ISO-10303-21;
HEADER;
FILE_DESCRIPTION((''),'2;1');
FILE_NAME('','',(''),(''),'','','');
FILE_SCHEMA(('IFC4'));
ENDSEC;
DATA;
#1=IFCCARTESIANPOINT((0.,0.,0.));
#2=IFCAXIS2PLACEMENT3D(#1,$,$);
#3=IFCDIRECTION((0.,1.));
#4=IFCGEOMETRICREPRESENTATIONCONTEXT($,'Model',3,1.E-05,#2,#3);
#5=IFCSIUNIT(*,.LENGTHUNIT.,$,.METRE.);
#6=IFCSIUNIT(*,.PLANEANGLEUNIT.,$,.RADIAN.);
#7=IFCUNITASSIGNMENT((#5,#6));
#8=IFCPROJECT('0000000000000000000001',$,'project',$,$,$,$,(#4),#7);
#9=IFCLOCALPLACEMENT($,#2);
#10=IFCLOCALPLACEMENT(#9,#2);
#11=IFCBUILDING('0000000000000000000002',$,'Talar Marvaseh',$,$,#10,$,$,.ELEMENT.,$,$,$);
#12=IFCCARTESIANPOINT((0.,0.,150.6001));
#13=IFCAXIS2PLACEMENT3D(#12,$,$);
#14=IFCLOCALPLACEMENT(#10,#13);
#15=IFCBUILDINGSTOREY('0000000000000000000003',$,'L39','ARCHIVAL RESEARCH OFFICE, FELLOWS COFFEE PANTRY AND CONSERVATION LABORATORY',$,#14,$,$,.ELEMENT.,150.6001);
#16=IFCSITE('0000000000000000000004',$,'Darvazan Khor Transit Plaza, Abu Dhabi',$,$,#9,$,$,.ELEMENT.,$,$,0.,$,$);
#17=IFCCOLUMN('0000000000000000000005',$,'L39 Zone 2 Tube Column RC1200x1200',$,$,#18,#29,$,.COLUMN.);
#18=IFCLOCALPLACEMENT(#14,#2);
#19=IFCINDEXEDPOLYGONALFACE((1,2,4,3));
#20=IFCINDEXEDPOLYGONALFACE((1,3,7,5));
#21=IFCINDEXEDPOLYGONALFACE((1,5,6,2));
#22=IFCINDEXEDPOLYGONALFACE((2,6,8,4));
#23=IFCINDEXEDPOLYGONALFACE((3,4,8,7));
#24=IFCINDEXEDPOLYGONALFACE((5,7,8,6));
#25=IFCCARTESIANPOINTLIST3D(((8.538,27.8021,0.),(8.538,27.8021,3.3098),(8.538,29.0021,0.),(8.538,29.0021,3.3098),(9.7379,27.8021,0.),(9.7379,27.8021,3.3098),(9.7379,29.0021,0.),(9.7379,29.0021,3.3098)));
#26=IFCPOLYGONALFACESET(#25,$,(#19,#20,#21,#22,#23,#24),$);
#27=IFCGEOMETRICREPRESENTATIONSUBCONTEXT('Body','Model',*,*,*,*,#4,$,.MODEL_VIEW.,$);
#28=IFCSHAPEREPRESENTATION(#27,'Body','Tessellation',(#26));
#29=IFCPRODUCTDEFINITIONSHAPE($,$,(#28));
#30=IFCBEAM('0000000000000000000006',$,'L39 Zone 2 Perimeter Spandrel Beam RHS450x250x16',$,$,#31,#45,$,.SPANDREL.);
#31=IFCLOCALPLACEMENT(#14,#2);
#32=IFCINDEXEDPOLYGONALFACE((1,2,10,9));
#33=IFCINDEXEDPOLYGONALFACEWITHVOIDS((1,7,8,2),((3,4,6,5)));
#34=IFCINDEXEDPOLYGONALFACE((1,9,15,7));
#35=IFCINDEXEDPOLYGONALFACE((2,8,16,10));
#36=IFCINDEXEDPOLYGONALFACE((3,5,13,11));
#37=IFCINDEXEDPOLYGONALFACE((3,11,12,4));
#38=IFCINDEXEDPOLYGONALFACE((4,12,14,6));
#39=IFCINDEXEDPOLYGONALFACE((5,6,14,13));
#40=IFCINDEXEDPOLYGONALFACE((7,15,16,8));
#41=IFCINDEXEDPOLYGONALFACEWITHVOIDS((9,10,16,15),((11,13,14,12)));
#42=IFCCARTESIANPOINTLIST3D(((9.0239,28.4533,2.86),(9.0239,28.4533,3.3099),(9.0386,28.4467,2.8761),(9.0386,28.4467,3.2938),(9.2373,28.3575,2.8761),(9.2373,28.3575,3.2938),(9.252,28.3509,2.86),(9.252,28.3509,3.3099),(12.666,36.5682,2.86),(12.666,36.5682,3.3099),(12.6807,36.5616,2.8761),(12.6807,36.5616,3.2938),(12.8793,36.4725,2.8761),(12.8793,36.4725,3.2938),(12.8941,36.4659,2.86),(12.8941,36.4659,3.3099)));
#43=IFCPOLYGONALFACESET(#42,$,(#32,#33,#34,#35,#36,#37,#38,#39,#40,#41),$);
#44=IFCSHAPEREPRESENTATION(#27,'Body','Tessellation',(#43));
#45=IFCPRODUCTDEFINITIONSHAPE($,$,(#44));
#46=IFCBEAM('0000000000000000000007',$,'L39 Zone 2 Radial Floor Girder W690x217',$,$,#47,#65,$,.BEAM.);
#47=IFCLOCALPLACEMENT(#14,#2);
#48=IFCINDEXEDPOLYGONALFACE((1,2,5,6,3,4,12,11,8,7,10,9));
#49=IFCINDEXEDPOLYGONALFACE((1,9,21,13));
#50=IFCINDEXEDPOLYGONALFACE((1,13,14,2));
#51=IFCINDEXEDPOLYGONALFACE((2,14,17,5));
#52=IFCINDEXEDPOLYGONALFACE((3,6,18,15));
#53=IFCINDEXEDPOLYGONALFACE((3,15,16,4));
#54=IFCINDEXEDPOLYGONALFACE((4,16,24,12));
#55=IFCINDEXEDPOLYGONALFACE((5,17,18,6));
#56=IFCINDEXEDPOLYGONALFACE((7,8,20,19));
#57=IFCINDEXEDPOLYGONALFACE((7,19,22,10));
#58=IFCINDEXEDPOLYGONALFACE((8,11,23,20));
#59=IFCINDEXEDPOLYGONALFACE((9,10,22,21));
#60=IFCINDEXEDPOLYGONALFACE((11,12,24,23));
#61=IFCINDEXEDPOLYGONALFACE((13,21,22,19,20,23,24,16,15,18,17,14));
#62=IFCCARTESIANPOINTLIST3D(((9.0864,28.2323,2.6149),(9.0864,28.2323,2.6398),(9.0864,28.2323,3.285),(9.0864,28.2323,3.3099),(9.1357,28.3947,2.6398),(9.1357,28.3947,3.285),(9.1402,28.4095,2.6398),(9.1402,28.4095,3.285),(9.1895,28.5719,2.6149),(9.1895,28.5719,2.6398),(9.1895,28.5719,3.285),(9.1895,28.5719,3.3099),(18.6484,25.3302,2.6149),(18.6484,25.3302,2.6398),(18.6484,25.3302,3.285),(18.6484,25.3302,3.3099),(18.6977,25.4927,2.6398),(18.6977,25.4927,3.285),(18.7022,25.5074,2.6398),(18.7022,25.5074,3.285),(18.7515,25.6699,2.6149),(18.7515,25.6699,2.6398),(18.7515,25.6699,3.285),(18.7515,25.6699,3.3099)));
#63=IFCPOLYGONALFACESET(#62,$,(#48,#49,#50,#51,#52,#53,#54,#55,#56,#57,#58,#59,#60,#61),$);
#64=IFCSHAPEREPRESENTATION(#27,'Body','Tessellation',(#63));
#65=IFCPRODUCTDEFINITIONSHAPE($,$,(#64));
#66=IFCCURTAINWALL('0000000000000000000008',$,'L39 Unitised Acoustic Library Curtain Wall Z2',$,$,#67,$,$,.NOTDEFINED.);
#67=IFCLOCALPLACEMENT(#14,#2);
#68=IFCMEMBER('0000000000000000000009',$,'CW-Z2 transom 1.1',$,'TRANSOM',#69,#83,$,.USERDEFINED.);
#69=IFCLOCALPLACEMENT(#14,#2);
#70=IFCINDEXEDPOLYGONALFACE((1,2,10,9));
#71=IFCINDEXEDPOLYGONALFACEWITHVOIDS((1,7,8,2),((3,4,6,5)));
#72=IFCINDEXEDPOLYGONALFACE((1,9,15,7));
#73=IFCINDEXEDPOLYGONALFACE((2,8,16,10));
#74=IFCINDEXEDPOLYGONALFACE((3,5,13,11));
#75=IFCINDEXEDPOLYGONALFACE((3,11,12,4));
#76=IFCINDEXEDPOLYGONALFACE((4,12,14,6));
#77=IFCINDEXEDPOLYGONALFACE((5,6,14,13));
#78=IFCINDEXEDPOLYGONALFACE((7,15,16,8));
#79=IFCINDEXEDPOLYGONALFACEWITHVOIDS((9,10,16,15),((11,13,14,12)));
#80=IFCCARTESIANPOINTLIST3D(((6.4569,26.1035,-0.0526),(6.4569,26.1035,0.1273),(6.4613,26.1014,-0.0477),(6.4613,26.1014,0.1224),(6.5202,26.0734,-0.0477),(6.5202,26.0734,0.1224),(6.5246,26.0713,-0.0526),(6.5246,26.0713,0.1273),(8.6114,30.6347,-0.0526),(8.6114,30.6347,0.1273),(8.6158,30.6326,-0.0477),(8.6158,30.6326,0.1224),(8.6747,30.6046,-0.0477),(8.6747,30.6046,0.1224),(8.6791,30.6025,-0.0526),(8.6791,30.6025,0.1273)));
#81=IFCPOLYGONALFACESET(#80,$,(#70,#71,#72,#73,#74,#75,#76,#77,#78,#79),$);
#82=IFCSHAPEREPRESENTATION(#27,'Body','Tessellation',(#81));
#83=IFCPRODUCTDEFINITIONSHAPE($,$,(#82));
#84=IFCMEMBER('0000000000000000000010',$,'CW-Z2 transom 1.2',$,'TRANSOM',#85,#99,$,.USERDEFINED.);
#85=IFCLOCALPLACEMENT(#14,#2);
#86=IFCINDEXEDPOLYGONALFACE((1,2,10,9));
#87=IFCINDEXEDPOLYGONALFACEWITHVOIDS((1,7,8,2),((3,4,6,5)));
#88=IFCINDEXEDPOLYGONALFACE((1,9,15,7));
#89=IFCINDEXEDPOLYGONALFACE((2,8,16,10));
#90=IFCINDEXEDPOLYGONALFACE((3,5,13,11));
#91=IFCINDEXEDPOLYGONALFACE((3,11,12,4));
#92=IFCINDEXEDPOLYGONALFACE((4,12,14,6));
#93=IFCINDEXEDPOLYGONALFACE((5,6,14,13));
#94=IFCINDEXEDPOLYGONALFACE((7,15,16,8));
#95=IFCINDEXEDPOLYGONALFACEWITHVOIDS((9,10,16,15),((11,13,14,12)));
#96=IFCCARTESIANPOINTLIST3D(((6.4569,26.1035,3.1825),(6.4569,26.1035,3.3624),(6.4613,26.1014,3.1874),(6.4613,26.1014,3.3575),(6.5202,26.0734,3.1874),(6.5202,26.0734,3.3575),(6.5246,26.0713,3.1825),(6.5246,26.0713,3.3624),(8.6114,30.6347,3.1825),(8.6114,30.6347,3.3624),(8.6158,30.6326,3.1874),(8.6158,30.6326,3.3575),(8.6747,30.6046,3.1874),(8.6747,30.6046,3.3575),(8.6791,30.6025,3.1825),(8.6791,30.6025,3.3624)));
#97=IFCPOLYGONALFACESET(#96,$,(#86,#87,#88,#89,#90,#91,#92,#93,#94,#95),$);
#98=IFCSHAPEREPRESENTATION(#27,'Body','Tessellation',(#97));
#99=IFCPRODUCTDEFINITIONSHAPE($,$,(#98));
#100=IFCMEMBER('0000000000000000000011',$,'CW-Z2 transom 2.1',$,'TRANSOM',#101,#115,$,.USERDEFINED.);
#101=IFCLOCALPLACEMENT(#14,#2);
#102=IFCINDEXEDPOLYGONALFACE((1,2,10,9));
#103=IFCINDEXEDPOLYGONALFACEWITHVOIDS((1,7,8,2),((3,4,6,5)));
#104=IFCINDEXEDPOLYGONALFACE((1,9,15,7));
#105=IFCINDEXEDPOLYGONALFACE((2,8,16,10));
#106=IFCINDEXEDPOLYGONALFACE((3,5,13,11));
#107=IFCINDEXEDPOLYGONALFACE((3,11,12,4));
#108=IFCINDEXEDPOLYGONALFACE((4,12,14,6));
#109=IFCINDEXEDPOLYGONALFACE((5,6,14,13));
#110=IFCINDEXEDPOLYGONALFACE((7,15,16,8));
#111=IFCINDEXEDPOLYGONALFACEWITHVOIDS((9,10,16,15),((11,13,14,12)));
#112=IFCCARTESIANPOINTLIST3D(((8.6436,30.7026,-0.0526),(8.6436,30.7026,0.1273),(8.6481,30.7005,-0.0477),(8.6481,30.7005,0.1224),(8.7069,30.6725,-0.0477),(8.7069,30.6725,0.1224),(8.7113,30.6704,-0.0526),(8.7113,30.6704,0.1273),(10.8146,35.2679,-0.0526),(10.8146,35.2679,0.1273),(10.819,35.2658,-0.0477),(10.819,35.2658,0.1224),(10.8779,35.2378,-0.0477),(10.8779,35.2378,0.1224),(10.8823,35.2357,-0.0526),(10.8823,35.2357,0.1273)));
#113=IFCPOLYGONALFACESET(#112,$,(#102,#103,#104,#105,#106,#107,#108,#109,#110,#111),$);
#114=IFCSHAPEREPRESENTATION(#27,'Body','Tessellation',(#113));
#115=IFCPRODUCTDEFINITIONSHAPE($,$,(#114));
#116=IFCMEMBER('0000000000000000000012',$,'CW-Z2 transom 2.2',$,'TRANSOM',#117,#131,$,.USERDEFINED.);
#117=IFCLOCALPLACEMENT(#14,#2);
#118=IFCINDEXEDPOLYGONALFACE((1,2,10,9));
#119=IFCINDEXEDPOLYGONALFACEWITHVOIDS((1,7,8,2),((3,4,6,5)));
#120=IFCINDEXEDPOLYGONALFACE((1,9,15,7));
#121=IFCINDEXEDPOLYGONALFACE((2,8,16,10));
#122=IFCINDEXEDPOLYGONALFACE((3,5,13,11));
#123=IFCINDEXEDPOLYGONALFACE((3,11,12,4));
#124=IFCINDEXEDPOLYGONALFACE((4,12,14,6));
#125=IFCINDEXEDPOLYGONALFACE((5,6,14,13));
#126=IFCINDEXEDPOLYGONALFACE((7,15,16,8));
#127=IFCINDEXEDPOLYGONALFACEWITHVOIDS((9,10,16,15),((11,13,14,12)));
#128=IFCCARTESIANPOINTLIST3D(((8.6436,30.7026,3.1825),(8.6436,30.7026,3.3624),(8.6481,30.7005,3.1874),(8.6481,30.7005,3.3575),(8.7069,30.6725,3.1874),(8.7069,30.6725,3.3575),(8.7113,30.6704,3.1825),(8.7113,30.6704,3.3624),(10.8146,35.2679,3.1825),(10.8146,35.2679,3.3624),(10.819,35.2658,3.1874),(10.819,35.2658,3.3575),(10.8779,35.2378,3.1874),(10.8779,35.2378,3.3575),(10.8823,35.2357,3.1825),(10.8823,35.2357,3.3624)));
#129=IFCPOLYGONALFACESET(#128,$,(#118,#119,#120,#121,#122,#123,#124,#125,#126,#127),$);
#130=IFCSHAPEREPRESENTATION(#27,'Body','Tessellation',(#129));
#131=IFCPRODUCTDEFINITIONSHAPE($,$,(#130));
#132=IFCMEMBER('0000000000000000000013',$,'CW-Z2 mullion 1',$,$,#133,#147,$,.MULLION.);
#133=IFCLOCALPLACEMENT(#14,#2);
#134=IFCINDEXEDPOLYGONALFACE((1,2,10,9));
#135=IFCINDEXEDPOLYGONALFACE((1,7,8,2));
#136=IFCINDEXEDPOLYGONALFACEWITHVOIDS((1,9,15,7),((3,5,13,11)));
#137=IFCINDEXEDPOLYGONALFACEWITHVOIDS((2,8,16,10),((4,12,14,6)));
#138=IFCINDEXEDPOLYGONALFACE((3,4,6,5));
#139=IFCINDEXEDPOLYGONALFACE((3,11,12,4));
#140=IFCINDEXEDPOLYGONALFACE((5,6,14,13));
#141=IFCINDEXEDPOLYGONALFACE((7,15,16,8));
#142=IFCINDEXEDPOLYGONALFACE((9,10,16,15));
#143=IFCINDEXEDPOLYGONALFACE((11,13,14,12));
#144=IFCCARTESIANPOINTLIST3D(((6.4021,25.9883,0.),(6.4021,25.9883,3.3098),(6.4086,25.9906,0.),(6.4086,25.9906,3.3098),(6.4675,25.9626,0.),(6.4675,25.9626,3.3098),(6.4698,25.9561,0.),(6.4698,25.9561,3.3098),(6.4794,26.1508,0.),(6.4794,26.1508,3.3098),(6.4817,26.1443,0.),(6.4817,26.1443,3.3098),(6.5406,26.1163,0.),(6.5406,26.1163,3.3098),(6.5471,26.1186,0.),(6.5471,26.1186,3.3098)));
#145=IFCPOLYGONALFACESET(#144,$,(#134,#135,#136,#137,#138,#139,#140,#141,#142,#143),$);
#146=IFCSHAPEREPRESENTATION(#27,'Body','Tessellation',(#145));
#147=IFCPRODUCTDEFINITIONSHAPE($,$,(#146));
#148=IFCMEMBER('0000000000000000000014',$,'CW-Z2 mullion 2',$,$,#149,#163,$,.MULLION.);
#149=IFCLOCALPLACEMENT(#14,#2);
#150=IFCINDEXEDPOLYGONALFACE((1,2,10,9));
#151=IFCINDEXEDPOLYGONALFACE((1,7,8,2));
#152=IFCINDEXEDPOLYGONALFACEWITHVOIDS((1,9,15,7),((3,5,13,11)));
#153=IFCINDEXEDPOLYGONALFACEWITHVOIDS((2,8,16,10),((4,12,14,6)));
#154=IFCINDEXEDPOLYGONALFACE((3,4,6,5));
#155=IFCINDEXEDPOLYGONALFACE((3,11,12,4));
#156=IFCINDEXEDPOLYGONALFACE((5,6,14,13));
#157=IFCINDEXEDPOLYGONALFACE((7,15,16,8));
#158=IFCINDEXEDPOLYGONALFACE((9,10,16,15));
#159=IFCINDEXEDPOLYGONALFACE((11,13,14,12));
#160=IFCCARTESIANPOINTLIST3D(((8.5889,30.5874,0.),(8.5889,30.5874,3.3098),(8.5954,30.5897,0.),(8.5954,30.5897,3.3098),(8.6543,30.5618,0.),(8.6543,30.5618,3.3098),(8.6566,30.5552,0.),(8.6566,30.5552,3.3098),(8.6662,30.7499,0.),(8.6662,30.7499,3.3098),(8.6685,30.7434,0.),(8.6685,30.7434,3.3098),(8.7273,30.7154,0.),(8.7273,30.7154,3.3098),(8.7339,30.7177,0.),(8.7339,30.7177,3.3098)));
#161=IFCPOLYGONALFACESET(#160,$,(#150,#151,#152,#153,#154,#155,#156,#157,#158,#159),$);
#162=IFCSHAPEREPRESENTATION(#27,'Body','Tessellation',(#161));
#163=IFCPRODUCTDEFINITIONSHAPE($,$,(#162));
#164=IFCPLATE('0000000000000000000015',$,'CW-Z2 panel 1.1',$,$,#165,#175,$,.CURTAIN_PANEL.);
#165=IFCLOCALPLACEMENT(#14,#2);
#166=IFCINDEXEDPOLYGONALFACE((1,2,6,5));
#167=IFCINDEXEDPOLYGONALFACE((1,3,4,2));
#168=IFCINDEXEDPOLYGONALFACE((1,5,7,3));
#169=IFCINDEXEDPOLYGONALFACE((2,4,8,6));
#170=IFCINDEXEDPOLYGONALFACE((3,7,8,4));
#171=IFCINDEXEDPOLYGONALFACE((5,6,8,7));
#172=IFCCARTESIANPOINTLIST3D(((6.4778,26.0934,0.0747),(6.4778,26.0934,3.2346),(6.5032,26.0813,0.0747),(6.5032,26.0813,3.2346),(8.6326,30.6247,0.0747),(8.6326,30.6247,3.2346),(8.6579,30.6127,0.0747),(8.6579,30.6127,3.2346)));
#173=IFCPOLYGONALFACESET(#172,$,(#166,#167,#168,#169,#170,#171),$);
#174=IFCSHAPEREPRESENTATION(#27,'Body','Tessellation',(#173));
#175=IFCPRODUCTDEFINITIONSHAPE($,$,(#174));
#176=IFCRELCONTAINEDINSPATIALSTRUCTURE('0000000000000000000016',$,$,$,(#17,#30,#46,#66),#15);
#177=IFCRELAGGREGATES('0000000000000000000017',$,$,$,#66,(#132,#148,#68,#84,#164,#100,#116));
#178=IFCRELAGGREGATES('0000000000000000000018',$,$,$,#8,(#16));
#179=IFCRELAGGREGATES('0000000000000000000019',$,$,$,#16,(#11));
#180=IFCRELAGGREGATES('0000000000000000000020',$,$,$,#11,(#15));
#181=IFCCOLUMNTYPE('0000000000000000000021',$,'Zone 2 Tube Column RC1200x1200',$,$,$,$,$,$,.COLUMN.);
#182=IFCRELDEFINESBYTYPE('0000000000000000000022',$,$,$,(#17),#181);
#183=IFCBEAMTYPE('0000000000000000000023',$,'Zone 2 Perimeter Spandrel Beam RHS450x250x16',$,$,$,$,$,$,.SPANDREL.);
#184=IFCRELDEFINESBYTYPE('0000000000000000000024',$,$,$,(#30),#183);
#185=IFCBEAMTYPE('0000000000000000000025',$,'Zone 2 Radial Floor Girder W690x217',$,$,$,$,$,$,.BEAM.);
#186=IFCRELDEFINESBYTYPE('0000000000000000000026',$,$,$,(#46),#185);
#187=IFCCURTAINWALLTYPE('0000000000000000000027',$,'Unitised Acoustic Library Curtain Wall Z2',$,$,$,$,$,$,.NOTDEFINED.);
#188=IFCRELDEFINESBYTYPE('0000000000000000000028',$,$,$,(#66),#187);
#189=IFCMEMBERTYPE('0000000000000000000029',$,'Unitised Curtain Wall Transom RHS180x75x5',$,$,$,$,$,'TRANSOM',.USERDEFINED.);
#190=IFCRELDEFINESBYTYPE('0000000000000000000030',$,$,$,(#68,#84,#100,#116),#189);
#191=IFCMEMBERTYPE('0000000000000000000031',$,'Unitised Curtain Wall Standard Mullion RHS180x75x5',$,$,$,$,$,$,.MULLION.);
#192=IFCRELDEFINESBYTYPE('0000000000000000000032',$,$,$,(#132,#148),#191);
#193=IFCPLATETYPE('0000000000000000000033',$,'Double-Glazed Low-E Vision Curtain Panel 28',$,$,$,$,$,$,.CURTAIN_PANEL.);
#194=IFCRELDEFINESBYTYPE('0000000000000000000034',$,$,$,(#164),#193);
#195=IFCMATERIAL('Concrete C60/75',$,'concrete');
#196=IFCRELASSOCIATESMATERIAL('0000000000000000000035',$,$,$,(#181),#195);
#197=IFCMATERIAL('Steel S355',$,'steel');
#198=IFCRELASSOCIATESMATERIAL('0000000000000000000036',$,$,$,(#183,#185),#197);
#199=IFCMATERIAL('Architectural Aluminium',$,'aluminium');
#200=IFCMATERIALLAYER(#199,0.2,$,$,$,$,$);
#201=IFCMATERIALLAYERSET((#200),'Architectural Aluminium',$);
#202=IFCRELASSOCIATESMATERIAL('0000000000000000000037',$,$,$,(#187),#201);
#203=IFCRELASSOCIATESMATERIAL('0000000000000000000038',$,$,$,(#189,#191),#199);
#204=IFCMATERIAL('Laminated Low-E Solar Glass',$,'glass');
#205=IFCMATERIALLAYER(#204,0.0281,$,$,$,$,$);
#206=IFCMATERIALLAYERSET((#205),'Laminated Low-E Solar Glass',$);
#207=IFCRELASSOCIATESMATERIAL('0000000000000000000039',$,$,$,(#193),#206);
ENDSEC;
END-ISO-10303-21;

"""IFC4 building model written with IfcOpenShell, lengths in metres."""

from ifc_helpers import new_model, si_unit, direction, frame, origin, origin_2d, place, context, subcontext, project, spatial, rectangle, hollow_rectangle, i_section, extrude, source, transform, mapped, material, layer, layer_set, material_profile, profile_set, type_object, type_shapes, element, aggregate, save


model = new_model("IFC4")

# Units and contexts
model_context = context("Model", 3, precision=1e-05, world=origin(), true_north=direction((0.0, 1.0)))
body_context = subcontext(model_context, "Body", "Model", "MODEL_VIEW")
ifc_project = project(units=[si_unit("LENGTHUNIT", "METRE"), si_unit("PLANEANGLEUNIT", "RADIAN")], contexts=[model_context])

# Site, building, storey
site_placement = place(None, origin())
site = spatial("IfcSite", under=ifc_project, at=site_placement, Name="Darvazan Khor Transit Plaza, Abu Dhabi", CompositionType="ELEMENT", RefElevation=0.0)
building_placement = place(site_placement, origin())
building = spatial("IfcBuilding", under=site, at=building_placement, Name="Talar Marvaseh", CompositionType="ELEMENT")
storey_placement = place(building_placement, frame((0.0, 0.0, 150.6001)))
storey = spatial("IfcBuildingStorey", under=building, at=storey_placement, Name="L39", Description="ARCHIVAL RESEARCH OFFICE, FELLOWS COFFEE PANTRY AND CONSERVATION LABORATORY", CompositionType="ELEMENT", Elevation=150.6001)

# Column
ifc_material_1 = material(Name="Concrete C60/75", Category="concrete")
ifc_material_profile_1 = material_profile(ifc_material_1, rectangle(XDim=1.2, YDim=1.2, at=origin_2d()), Name="RC1200x1200")
ifc_profile_set_1 = profile_set([ifc_material_profile_1], Name="Concrete C60/75")
column_type = type_object("IfcColumnType", Name="Zone 2 Tube Column RC1200x1200", PredefinedType="COLUMN", material=ifc_profile_set_1)
column_placement = place(storey_placement, frame((9.1379, 28.4021, 0.0), z_axis=(0.0, 0.0, 1.0), x_axis=(1.0, 0.0, 0.0)))
element("IfcColumn", 1, at=column_placement, inside=storey, type_object=column_type, Name="L39 Zone 2 Tube Column RC1200x1200", PredefinedType="COLUMN", context=body_context, shape_type="SweptSolid", body=[
    extrude(rectangle(XDim=1.2, YDim=1.2, at=origin_2d()), origin(), (0.0, 0.0, 1.0), 3.3098),
])

# Beams
ifc_material_2 = material(Name="Steel S355", Category="steel")
ifc_material_profile_2 = material_profile(ifc_material_2, hollow_rectangle(XDim=0.25, YDim=0.45, WallThickness=0.0161, at=origin_2d()), Name="RHS450x250x16")
ifc_profile_set_2 = profile_set([ifc_material_profile_2], Name="Steel S355")
beam_type_1 = type_object("IfcBeamType", Name="Zone 2 Perimeter Spandrel Beam RHS450x250x16", PredefinedType="SPANDREL", material=ifc_profile_set_2)
beam_1_placement = place(storey_placement, frame((9.1379, 28.4021, 3.085), z_axis=(0.409462, 0.912327, 0.0), x_axis=(-0.912327, 0.409462, 0.0)))
element("IfcBeam", 2, at=beam_1_placement, inside=storey, type_object=beam_type_1, Name="L39 Zone 2 Perimeter Spandrel Beam RHS450x250x16", PredefinedType="SPANDREL", context=body_context, shape_type="SweptSolid", body=[
    extrude(hollow_rectangle(XDim=0.25, YDim=0.45, WallThickness=0.0161, at=origin_2d()), origin(), (0.0, 0.0, 1.0), 8.8948),
])
ifc_material_profile_3 = material_profile(ifc_material_2, i_section(OverallWidth=0.355, OverallDepth=0.6951, WebThickness=0.0154, FlangeThickness=0.0249, at=origin_2d()), Name="W690x217")
ifc_profile_set_3 = profile_set([ifc_material_profile_3], Name="Steel S355")
beam_type_2 = type_object("IfcBeamType", Name="Zone 2 Radial Floor Girder W690x217", PredefinedType="BEAM", material=ifc_profile_set_3)
beam_2_placement = place(storey_placement, frame((9.1379, 28.4021, 2.9624), z_axis=(0.956899, -0.290422, 0.0), x_axis=(0.290422, 0.956899, 0.0)))
element("IfcBeam", 3, at=beam_2_placement, inside=storey, type_object=beam_type_2, Name="L39 Zone 2 Radial Floor Girder W690x217", PredefinedType="BEAM", context=body_context, shape_type="SweptSolid", body=[
    extrude(i_section(OverallWidth=0.355, OverallDepth=0.6951, WebThickness=0.0154, FlangeThickness=0.0249, at=origin_2d()), origin(), (0.0, 0.0, 1.0), 9.9927),
])

# Curtain wall, members, plate
ifc_material_3 = material(Name="Architectural Aluminium", Category="aluminium")
ifc_layer_1 = layer(ifc_material_3, 0.2)
ifc_layer_set_1 = layer_set([ifc_layer_1], Name="Architectural Aluminium")
curtain_wall_type = type_object("IfcCurtainWallType", Name="Unitised Acoustic Library Curtain Wall Z2", PredefinedType="NOTDEFINED", material=ifc_layer_set_1)
curtain_wall_placement = place(storey_placement, origin())
curtain_wall = element("IfcCurtainWall", 4, at=curtain_wall_placement, inside=storey, type_object=curtain_wall_type, Name="L39 Unitised Acoustic Library Curtain Wall Z2", PredefinedType="NOTDEFINED")
ifc_material_profile_4 = material_profile(ifc_material_3, hollow_rectangle(XDim=0.075, YDim=0.1799, WallThickness=0.0049, at=origin_2d()), Name="RHS180x75x5")
ifc_profile_set_4 = profile_set([ifc_material_profile_4], Name="Architectural Aluminium")
member_type_1 = type_object("IfcMemberType", Name="Unitised Curtain Wall Transom RHS180x75x5", ElementType="TRANSOM", PredefinedType="USERDEFINED", material=ifc_profile_set_4)
shared_shape_1 = source(origin(), body_context, "Body", "SweptSolid", [
    extrude(hollow_rectangle(XDim=0.075, YDim=0.1799, WallThickness=0.0049, at=origin_2d()), origin(), (0.0, 0.0, 1.0), 5.0173),
])
member_1_placement = place(storey_placement, frame((6.4907, 26.0874, 0.0374), z_axis=(0.429414, 0.903108, 0.0), x_axis=(-0.903108, 0.429414, 0.0)))
member_1 = element("IfcMember", 5, at=member_1_placement, type_object=member_type_1, Name="CW-Z2 transom 1.1", ObjectType="TRANSOM", PredefinedType="USERDEFINED", context=body_context, shape_type="MappedRepresentation", body=[
    mapped(shared_shape_1, transform((0.0, 0.0, 0.0), x_axis=(1.0, 0.0, 0.0), y_axis=(0.0, 1.0, 0.0), z_axis=(0.0, 0.0, 1.0), scale=1.0)),
])
member_2_placement = place(storey_placement, frame((6.4907, 26.0874, 3.2725), z_axis=(0.429414, 0.903108, 0.0), x_axis=(-0.903108, 0.429414, 0.0)))
member_2 = element("IfcMember", 6, at=member_2_placement, type_object=member_type_1, Name="CW-Z2 transom 1.2", ObjectType="TRANSOM", PredefinedType="USERDEFINED", context=body_context, shape_type="MappedRepresentation", body=[
    mapped(shared_shape_1, transform((0.0, 0.0, 0.0), x_axis=(1.0, 0.0, 0.0), y_axis=(0.0, 1.0, 0.0), z_axis=(0.0, 0.0, 1.0), scale=1.0)),
])
shared_shape_2 = source(origin(), body_context, "Body", "SweptSolid", [
    extrude(hollow_rectangle(XDim=0.075, YDim=0.1799, WallThickness=0.0049, at=origin_2d()), origin(), (0.0, 0.0, 1.0), 5.0552),
])
type_shapes(member_type_1, [shared_shape_1, shared_shape_2])
member_3_placement = place(storey_placement, frame((8.6775, 30.6865, 0.0374), z_axis=(0.42945, 0.903091, 0.0), x_axis=(-0.903091, 0.42945, 0.0)))
member_3 = element("IfcMember", 7, at=member_3_placement, type_object=member_type_1, Name="CW-Z2 transom 2.1", ObjectType="TRANSOM", PredefinedType="USERDEFINED", context=body_context, shape_type="MappedRepresentation", body=[
    mapped(shared_shape_2, transform((0.0, 0.0, 0.0), x_axis=(1.0, 0.0, 0.0), y_axis=(0.0, 1.0, 0.0), z_axis=(0.0, 0.0, 1.0), scale=1.0)),
])
member_4_placement = place(storey_placement, frame((8.6775, 30.6865, 3.2725), z_axis=(0.42945, 0.903091, 0.0), x_axis=(-0.903091, 0.42945, 0.0)))
member_4 = element("IfcMember", 8, at=member_4_placement, type_object=member_type_1, Name="CW-Z2 transom 2.2", ObjectType="TRANSOM", PredefinedType="USERDEFINED", context=body_context, shape_type="MappedRepresentation", body=[
    mapped(shared_shape_2, transform((0.0, 0.0, 0.0), x_axis=(1.0, 0.0, 0.0), y_axis=(0.0, 1.0, 0.0), z_axis=(0.0, 0.0, 1.0), scale=1.0)),
])
ifc_material_profile_5 = material_profile(ifc_material_3, hollow_rectangle(XDim=0.075, YDim=0.1799, WallThickness=0.0049, at=origin_2d()), Name="RHS180x75x5")
ifc_profile_set_5 = profile_set([ifc_material_profile_5], Name="Architectural Aluminium")
member_type_2 = type_object("IfcMemberType", Name="Unitised Curtain Wall Standard Mullion RHS180x75x5", PredefinedType="MULLION", material=ifc_profile_set_5)
shared_shape_3 = source(origin(), body_context, "Body", "SweptSolid", [
    extrude(hollow_rectangle(XDim=0.075, YDim=0.1799, WallThickness=0.0049, at=origin_2d()), origin(), (0.0, 0.0, 1.0), 3.3098),
])
type_shapes(member_type_2, [shared_shape_3])
member_5_placement = place(storey_placement, frame((6.4746, 26.0535, 0.0), z_axis=(0.0, 0.0, 1.0), x_axis=(-0.903096, 0.429439, 0.0)))
member_5 = element("IfcMember", 9, at=member_5_placement, type_object=member_type_2, Name="CW-Z2 mullion 1", PredefinedType="MULLION", context=body_context, shape_type="MappedRepresentation", body=[
    mapped(shared_shape_3, transform((0.0, 0.0, 0.0), x_axis=(1.0, 0.0, 0.0), y_axis=(0.0, 1.0, 0.0), z_axis=(0.0, 0.0, 1.0), scale=1.0)),
])
member_6_placement = place(storey_placement, frame((8.6614, 30.6526, 0.0), z_axis=(0.0, 0.0, 1.0), x_axis=(-0.903096, 0.429439, 0.0)))
member_6 = element("IfcMember", 10, at=member_6_placement, type_object=member_type_2, Name="CW-Z2 mullion 2", PredefinedType="MULLION", context=body_context, shape_type="MappedRepresentation", body=[
    mapped(shared_shape_3, transform((0.0, 0.0, 0.0), x_axis=(1.0, 0.0, 0.0), y_axis=(0.0, 1.0, 0.0), z_axis=(0.0, 0.0, 1.0), scale=1.0)),
])
ifc_material_4 = material(Name="Laminated Low-E Solar Glass", Category="glass")
ifc_layer_2 = layer(ifc_material_4, 0.0281)
ifc_layer_set_2 = layer_set([ifc_layer_2], Name="Laminated Low-E Solar Glass")
plate_type = type_object("IfcPlateType", Name="Double-Glazed Low-E Vision Curtain Panel 28", PredefinedType="CURTAIN_PANEL", material=ifc_layer_set_2)
shared_shape_4 = source(origin(), body_context, "Body", "SweptSolid", [
    extrude(rectangle(XDim=5.0176, YDim=0.0281, at=origin_2d()), origin(), (0.0, 0.0, 1.0), 3.1599),
])
type_shapes(plate_type, [shared_shape_4])
plate_placement = place(storey_placement, frame((7.5679, 28.353, 0.0747), z_axis=(0.0, 0.0, 1.0), x_axis=(0.429439, 0.903096, 0.0)))
plate = element("IfcPlate", 11, at=plate_placement, type_object=plate_type, Name="CW-Z2 panel 1.1", PredefinedType="CURTAIN_PANEL", context=body_context, shape_type="MappedRepresentation", body=[
    mapped(shared_shape_4, transform((0.0, 0.0, 0.0), x_axis=(1.0, 0.0, 0.0), y_axis=(0.0, 1.0, 0.0), z_axis=(0.0, 0.0, 1.0), scale=1.0)),
])
aggregate(curtain_wall, [member_5, member_6, member_1, member_2, plate, member_3, member_4])

save(model, "model.ifc")
